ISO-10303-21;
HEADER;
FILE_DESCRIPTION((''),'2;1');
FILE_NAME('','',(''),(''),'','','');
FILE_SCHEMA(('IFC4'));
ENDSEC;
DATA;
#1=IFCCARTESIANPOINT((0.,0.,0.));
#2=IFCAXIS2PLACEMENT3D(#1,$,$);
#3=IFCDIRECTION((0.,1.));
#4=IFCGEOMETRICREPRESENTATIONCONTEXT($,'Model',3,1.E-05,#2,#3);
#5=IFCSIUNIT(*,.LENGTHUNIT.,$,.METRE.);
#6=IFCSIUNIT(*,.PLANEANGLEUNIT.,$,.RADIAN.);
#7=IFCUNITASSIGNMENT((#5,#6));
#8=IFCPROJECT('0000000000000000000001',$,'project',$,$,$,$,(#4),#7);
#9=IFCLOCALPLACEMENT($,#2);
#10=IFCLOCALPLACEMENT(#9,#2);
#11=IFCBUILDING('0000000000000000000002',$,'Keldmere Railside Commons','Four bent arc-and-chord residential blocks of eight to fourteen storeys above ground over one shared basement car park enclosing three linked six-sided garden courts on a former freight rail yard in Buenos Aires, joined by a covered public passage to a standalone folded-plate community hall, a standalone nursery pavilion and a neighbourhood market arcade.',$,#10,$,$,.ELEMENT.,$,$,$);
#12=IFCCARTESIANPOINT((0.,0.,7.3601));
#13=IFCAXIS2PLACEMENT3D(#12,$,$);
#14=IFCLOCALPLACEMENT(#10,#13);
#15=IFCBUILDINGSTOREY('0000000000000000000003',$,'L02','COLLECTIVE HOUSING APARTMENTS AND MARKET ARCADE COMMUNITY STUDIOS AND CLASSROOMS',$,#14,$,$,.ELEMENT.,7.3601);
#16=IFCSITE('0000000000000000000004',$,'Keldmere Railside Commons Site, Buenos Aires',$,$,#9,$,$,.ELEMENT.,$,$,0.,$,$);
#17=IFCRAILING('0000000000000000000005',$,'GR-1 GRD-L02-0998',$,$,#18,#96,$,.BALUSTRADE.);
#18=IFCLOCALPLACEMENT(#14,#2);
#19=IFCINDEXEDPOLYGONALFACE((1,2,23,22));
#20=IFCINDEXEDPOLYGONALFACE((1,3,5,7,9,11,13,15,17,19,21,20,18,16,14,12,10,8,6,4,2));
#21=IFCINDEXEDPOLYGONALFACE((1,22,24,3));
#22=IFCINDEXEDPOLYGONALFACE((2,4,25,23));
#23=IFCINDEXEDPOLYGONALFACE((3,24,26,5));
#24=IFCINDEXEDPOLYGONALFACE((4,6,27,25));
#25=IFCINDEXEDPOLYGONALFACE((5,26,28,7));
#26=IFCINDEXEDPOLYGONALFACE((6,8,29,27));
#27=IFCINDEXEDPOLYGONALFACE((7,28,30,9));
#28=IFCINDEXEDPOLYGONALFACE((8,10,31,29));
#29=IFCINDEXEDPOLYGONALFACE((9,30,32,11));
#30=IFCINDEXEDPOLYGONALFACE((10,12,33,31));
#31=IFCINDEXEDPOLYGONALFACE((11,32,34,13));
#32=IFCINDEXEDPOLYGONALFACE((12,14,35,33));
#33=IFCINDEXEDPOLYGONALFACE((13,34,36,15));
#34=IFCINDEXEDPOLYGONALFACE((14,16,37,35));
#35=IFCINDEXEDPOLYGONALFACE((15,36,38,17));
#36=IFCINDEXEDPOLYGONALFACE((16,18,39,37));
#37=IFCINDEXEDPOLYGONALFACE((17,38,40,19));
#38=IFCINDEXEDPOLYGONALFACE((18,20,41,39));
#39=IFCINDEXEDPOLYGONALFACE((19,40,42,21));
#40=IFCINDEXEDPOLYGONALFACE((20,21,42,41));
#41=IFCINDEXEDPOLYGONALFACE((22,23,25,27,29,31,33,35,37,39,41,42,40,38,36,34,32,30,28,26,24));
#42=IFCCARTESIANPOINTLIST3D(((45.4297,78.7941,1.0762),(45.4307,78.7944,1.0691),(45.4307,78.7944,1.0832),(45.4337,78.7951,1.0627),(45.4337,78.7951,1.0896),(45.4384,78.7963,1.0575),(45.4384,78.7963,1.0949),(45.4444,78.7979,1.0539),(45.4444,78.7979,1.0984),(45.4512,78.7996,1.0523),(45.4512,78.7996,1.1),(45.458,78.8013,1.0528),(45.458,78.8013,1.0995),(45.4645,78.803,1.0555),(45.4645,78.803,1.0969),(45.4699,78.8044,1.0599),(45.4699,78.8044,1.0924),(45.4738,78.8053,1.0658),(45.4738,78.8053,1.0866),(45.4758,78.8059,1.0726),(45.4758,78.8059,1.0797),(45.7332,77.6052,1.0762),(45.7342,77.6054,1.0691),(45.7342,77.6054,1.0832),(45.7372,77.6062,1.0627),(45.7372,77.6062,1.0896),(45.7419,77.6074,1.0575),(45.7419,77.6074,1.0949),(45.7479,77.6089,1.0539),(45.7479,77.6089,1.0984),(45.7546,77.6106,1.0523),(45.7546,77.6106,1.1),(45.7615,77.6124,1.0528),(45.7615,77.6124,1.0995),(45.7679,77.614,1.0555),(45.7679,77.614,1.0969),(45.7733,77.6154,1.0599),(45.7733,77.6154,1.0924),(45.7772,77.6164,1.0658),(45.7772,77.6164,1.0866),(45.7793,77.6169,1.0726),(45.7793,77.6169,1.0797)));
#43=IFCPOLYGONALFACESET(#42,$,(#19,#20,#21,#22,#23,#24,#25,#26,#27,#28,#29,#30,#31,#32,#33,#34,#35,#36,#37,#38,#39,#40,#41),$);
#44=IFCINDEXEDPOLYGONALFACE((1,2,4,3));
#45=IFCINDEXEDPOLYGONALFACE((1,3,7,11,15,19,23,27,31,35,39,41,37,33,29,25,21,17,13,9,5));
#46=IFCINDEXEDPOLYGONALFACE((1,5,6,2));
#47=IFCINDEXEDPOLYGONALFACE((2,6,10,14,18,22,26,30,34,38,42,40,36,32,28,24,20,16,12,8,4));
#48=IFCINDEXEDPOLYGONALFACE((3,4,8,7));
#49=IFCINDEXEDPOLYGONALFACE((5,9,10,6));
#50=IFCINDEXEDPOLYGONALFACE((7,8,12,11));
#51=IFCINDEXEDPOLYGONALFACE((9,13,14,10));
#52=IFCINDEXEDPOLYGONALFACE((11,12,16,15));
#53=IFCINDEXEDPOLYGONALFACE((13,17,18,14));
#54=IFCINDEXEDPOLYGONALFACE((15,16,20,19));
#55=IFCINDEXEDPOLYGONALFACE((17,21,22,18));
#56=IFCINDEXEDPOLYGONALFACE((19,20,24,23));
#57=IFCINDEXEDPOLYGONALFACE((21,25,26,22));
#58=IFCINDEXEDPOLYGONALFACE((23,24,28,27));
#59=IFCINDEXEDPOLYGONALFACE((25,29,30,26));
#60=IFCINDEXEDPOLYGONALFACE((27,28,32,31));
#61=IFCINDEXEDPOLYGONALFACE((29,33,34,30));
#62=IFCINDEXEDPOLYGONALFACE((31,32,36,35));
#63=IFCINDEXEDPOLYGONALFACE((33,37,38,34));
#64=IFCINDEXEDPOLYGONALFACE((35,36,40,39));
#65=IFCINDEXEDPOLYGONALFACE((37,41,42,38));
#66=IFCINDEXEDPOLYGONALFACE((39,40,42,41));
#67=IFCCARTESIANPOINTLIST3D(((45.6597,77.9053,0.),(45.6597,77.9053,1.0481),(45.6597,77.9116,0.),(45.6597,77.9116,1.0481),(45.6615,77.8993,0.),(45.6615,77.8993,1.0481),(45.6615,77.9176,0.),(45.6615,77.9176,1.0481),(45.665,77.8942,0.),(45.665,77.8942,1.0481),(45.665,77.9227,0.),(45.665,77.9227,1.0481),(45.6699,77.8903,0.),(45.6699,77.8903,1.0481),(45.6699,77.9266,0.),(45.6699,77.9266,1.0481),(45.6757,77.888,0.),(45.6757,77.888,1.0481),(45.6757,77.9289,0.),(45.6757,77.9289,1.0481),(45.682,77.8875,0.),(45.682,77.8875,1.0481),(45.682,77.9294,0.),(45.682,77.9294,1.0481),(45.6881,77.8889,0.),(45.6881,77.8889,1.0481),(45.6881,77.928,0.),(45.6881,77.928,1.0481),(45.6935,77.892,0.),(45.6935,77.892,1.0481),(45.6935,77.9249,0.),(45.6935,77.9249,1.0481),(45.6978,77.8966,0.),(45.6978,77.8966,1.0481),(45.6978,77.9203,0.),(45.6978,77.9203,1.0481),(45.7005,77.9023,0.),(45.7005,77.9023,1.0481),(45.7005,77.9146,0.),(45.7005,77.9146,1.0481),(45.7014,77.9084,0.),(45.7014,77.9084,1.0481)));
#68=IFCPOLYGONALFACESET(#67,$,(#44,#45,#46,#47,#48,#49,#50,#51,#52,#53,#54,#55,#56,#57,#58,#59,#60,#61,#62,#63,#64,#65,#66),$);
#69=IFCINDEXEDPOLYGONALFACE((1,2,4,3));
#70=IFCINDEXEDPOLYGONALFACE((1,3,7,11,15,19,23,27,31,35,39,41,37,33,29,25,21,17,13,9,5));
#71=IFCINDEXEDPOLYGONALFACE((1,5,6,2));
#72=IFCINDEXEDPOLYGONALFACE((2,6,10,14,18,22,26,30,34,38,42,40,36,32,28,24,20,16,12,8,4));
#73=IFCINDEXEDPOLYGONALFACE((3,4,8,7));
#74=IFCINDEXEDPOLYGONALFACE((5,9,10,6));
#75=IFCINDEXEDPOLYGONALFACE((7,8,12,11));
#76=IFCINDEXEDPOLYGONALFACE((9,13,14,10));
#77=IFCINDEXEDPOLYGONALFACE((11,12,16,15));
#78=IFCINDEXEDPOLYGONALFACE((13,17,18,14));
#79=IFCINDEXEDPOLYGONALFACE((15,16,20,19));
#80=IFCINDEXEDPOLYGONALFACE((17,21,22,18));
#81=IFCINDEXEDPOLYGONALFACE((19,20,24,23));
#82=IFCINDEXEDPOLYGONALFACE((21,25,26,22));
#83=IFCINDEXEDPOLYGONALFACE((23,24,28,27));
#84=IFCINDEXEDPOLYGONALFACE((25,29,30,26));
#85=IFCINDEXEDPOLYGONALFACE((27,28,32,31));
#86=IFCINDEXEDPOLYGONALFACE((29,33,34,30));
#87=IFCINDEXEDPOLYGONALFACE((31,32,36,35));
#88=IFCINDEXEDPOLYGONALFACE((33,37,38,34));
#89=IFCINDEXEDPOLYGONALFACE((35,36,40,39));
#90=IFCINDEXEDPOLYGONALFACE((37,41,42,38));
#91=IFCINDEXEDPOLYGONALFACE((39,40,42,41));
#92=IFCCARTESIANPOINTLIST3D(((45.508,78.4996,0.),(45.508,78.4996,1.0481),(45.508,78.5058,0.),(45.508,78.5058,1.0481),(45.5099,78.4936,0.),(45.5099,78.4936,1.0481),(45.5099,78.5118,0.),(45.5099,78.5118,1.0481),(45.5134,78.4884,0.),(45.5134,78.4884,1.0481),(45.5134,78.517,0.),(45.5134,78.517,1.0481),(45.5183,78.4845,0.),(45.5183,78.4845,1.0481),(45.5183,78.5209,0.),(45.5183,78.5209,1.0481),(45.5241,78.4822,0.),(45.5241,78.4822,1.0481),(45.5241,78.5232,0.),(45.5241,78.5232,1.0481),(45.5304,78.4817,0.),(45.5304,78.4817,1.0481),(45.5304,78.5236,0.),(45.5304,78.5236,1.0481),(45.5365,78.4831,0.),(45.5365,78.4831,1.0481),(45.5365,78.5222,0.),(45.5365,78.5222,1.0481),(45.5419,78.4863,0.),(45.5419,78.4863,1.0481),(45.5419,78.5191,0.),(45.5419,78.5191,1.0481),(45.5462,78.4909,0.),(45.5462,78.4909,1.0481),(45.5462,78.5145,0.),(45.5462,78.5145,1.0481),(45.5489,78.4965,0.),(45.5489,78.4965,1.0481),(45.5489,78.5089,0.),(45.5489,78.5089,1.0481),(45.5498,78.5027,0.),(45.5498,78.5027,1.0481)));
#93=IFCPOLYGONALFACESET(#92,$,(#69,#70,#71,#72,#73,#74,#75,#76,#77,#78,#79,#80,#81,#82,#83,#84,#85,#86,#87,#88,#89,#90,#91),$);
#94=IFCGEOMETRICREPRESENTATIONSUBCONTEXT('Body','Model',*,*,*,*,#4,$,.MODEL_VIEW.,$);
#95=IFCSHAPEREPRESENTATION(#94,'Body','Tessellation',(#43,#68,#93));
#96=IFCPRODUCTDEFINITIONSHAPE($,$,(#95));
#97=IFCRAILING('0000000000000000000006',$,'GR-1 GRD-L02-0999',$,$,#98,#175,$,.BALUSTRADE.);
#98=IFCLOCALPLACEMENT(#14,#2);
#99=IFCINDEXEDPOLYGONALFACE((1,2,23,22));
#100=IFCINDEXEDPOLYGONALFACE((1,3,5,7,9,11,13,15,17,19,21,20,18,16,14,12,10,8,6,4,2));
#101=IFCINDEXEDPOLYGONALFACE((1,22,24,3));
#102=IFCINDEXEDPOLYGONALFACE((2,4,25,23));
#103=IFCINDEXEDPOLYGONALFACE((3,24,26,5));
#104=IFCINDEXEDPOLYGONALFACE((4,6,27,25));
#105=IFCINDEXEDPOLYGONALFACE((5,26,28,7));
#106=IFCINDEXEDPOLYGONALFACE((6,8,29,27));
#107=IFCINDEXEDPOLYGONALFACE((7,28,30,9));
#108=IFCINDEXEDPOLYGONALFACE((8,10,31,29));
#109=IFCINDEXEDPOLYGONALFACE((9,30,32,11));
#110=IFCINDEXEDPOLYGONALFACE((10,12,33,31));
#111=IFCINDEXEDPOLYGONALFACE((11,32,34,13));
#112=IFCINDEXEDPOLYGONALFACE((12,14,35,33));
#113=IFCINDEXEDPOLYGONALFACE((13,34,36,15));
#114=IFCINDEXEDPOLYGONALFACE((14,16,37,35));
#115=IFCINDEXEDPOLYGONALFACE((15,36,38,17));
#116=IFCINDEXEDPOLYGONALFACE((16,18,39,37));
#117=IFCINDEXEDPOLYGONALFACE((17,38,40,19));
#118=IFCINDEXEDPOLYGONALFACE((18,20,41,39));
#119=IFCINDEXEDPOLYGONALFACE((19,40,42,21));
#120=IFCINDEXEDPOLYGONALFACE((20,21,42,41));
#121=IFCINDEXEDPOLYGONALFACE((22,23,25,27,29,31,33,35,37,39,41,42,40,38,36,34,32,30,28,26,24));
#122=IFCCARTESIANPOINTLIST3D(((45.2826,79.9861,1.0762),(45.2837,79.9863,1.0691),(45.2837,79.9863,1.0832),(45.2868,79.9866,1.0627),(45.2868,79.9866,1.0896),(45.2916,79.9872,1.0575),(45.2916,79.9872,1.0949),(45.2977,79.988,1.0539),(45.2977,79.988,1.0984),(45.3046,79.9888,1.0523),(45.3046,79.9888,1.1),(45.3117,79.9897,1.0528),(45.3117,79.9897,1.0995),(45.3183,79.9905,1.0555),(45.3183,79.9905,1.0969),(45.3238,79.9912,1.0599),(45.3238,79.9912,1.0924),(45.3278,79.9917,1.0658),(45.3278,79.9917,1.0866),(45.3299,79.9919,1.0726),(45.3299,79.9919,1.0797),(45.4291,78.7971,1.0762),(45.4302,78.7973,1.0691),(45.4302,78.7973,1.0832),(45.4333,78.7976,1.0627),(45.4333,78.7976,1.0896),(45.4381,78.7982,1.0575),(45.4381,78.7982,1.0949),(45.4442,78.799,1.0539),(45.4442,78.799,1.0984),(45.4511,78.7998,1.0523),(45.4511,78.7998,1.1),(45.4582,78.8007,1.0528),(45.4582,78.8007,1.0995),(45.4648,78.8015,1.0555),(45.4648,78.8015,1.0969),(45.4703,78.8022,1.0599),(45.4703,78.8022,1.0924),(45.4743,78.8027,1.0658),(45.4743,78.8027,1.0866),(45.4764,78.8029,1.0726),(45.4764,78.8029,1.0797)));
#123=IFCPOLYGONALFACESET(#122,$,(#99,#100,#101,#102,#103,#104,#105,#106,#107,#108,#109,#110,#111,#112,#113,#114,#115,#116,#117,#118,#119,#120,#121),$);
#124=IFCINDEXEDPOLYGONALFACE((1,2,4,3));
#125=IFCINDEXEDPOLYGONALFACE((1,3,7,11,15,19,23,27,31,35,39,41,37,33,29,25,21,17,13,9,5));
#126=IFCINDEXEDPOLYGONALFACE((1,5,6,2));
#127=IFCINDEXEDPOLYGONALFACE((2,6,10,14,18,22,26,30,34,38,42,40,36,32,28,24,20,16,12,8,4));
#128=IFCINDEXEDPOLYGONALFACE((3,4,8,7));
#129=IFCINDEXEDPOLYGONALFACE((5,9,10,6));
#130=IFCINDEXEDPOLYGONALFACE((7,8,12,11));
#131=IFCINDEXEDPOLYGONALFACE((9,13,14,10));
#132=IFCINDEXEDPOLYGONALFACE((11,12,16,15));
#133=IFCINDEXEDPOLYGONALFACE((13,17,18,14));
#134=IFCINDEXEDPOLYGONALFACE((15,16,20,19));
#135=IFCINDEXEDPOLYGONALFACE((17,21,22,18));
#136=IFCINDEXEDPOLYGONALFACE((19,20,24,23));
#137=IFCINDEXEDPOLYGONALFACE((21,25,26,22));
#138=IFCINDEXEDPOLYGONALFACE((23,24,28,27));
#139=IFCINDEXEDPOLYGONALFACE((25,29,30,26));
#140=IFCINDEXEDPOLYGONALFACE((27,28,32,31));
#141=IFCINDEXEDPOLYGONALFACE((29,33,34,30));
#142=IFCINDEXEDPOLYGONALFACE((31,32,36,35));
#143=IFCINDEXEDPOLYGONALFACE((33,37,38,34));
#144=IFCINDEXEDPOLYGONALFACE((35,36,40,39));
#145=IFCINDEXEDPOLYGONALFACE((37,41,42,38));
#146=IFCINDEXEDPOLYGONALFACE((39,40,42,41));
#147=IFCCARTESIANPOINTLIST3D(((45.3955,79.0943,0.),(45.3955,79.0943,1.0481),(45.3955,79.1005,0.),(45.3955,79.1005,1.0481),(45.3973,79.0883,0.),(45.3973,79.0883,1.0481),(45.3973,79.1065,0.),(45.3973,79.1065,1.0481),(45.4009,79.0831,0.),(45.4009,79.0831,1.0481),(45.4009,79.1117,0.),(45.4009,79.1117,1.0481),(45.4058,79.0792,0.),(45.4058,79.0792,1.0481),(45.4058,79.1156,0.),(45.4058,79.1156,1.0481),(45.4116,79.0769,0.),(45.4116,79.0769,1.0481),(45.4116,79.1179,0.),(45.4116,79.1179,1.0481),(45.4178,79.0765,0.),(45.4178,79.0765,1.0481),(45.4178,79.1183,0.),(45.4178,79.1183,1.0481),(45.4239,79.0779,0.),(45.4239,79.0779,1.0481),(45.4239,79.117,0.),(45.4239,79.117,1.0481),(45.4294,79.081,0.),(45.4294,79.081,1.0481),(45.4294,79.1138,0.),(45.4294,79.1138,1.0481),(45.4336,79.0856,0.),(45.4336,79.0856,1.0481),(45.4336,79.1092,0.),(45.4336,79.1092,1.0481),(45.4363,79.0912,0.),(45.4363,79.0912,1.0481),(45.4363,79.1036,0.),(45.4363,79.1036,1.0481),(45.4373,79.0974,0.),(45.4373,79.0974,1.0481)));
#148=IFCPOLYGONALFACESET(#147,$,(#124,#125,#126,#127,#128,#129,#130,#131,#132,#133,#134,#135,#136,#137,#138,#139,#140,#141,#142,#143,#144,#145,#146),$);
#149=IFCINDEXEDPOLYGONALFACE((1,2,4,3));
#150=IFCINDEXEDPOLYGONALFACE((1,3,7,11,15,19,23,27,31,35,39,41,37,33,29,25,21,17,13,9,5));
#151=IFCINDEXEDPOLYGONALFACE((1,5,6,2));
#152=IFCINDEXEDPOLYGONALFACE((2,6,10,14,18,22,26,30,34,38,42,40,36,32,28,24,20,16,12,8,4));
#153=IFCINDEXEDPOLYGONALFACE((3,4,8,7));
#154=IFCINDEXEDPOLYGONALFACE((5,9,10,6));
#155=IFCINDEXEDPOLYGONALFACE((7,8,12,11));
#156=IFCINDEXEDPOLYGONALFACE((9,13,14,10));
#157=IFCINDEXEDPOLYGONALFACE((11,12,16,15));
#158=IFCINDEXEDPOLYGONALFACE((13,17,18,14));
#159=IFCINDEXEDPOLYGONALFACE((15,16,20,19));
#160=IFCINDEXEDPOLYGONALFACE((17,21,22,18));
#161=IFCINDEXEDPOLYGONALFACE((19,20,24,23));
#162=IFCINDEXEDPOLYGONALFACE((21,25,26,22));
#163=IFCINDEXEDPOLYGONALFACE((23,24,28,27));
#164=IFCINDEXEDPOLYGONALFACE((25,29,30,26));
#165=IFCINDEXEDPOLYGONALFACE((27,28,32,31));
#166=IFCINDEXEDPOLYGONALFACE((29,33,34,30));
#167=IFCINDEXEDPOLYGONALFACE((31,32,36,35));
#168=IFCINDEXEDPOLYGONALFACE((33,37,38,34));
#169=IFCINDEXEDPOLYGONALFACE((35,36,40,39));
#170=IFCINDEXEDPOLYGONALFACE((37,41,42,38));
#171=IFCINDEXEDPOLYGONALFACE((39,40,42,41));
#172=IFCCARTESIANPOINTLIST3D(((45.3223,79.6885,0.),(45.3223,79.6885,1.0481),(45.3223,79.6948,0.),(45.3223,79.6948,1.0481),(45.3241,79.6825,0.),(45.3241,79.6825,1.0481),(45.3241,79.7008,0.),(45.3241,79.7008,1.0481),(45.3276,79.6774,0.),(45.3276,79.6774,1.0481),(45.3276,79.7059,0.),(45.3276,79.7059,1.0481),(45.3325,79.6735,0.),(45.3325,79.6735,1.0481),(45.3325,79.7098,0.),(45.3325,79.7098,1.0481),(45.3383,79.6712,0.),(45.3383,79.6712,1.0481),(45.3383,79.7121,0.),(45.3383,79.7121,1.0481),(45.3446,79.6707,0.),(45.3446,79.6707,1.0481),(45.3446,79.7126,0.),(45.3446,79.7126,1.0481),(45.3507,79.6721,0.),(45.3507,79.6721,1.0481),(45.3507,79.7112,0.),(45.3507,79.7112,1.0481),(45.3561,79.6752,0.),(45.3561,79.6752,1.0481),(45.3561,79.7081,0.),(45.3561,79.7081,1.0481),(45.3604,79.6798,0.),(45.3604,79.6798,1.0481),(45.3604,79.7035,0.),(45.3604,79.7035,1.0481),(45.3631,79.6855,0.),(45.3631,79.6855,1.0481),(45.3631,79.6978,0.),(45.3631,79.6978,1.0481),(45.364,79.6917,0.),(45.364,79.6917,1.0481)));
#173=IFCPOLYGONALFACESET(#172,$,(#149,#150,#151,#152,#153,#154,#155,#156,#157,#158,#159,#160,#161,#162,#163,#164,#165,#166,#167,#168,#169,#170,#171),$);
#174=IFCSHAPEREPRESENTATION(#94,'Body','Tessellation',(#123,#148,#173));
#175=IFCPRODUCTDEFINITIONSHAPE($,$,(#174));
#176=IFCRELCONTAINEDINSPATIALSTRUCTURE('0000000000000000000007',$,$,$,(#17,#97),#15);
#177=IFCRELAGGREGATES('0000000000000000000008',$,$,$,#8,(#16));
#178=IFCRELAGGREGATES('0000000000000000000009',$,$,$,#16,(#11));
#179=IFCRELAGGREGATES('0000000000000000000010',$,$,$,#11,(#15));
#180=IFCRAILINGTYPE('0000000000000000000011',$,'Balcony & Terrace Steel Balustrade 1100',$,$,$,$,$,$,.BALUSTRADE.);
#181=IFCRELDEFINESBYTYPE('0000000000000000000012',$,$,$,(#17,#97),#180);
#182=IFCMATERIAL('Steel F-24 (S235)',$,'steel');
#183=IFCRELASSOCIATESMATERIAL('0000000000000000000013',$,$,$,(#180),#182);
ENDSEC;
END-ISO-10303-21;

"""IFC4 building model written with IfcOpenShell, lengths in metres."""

from ifc_helpers import new_model, si_unit, direction, frame, origin, origin_2d, place, context, subcontext, project, spatial, circle, extrude, material, type_object, element, save


model = new_model("IFC4")

# Units and contexts
model_context = context("Model", 3, precision=1e-05, world=origin(), true_north=direction((0.0, 1.0)))
body_context = subcontext(model_context, "Body", "Model", "MODEL_VIEW")
ifc_project = project(units=[si_unit("LENGTHUNIT", "METRE"), si_unit("PLANEANGLEUNIT", "RADIAN")], contexts=[model_context])

# Site, building, storey
site_placement = place(None, origin())
site = spatial("IfcSite", under=ifc_project, at=site_placement, Name="Keldmere Railside Commons Site, Buenos Aires", CompositionType="ELEMENT", RefElevation=0.0)
building_placement = place(site_placement, origin())
building = spatial("IfcBuilding", under=site, at=building_placement, Name="Keldmere Railside Commons", Description="Four bent arc-and-chord residential blocks of eight to fourteen storeys above ground over one shared basement car park enclosing three linked six-sided garden courts on a former freight rail yard in Buenos Aires, joined by a covered public passage to a standalone folded-plate community hall, a standalone nursery pavilion and a neighbourhood market arcade.", CompositionType="ELEMENT")
storey_placement = place(building_placement, frame((0.0, 0.0, 7.3601)))
storey = spatial("IfcBuildingStorey", under=building, at=storey_placement, Name="L02", Description="COLLECTIVE HOUSING APARTMENTS AND MARKET ARCADE COMMUNITY STUDIOS AND CLASSROOMS", CompositionType="ELEMENT", Elevation=7.3601)

# Railings
ifc_material_1 = material(Name="Steel F-24 (S235)", Category="steel")
railing_type = type_object("IfcRailingType", Name="Balcony & Terrace Steel Balustrade 1100", PredefinedType="BALUSTRADE", material=ifc_material_1)
railing_1_placement = place(storey_placement, frame((45.7563, 77.6111, 0.0)))
element("IfcRailing", 1, at=railing_1_placement, inside=storey, type_object=railing_type, Name="GR-1 GRD-L02-0998", PredefinedType="BALUSTRADE", context=body_context, shape_type="SweptSolid", body=[
    extrude(circle(Radius=0.0239, at=origin_2d()), frame((0.0, 0.0, 1.0762), z_axis=(-0.247308, 0.968937, 0.0), x_axis=(-0.968937, -0.247308, 0.0)), (0.0, 0.0, 1.0), 1.2271),
    extrude(circle(Radius=0.021, at=origin_2d()), frame((-0.0759, 0.2974, 0.0)), (0.0, 0.0, 1.0), 1.0481),
    extrude(circle(Radius=0.021, at=origin_2d()), frame((-0.2275, 0.8916, 0.0)), (0.0, 0.0, 1.0), 1.0481),
])
railing_2_placement = place(storey_placement, frame((45.4529, 78.8, 0.0)))
element("IfcRailing", 2, at=railing_2_placement, inside=storey, type_object=railing_type, Name="GR-1 GRD-L02-0999", PredefinedType="BALUSTRADE", context=body_context, shape_type="SweptSolid", body=[
    extrude(circle(Radius=0.0239, at=origin_2d()), frame((0.0, 0.0, 1.0762), z_axis=(-0.122279, 0.992496, 0.0), x_axis=(-0.992496, -0.122279, 0.0)), (0.0, 0.0, 1.0), 1.198),
    extrude(circle(Radius=0.021, at=origin_2d()), frame((-0.0366, 0.2974, 0.0)), (0.0, 0.0, 1.0), 1.0481),
    extrude(circle(Radius=0.021, at=origin_2d()), frame((-0.1099, 0.8916, 0.0)), (0.0, 0.0, 1.0), 1.0481),
])

save(model, "model.ifc")
